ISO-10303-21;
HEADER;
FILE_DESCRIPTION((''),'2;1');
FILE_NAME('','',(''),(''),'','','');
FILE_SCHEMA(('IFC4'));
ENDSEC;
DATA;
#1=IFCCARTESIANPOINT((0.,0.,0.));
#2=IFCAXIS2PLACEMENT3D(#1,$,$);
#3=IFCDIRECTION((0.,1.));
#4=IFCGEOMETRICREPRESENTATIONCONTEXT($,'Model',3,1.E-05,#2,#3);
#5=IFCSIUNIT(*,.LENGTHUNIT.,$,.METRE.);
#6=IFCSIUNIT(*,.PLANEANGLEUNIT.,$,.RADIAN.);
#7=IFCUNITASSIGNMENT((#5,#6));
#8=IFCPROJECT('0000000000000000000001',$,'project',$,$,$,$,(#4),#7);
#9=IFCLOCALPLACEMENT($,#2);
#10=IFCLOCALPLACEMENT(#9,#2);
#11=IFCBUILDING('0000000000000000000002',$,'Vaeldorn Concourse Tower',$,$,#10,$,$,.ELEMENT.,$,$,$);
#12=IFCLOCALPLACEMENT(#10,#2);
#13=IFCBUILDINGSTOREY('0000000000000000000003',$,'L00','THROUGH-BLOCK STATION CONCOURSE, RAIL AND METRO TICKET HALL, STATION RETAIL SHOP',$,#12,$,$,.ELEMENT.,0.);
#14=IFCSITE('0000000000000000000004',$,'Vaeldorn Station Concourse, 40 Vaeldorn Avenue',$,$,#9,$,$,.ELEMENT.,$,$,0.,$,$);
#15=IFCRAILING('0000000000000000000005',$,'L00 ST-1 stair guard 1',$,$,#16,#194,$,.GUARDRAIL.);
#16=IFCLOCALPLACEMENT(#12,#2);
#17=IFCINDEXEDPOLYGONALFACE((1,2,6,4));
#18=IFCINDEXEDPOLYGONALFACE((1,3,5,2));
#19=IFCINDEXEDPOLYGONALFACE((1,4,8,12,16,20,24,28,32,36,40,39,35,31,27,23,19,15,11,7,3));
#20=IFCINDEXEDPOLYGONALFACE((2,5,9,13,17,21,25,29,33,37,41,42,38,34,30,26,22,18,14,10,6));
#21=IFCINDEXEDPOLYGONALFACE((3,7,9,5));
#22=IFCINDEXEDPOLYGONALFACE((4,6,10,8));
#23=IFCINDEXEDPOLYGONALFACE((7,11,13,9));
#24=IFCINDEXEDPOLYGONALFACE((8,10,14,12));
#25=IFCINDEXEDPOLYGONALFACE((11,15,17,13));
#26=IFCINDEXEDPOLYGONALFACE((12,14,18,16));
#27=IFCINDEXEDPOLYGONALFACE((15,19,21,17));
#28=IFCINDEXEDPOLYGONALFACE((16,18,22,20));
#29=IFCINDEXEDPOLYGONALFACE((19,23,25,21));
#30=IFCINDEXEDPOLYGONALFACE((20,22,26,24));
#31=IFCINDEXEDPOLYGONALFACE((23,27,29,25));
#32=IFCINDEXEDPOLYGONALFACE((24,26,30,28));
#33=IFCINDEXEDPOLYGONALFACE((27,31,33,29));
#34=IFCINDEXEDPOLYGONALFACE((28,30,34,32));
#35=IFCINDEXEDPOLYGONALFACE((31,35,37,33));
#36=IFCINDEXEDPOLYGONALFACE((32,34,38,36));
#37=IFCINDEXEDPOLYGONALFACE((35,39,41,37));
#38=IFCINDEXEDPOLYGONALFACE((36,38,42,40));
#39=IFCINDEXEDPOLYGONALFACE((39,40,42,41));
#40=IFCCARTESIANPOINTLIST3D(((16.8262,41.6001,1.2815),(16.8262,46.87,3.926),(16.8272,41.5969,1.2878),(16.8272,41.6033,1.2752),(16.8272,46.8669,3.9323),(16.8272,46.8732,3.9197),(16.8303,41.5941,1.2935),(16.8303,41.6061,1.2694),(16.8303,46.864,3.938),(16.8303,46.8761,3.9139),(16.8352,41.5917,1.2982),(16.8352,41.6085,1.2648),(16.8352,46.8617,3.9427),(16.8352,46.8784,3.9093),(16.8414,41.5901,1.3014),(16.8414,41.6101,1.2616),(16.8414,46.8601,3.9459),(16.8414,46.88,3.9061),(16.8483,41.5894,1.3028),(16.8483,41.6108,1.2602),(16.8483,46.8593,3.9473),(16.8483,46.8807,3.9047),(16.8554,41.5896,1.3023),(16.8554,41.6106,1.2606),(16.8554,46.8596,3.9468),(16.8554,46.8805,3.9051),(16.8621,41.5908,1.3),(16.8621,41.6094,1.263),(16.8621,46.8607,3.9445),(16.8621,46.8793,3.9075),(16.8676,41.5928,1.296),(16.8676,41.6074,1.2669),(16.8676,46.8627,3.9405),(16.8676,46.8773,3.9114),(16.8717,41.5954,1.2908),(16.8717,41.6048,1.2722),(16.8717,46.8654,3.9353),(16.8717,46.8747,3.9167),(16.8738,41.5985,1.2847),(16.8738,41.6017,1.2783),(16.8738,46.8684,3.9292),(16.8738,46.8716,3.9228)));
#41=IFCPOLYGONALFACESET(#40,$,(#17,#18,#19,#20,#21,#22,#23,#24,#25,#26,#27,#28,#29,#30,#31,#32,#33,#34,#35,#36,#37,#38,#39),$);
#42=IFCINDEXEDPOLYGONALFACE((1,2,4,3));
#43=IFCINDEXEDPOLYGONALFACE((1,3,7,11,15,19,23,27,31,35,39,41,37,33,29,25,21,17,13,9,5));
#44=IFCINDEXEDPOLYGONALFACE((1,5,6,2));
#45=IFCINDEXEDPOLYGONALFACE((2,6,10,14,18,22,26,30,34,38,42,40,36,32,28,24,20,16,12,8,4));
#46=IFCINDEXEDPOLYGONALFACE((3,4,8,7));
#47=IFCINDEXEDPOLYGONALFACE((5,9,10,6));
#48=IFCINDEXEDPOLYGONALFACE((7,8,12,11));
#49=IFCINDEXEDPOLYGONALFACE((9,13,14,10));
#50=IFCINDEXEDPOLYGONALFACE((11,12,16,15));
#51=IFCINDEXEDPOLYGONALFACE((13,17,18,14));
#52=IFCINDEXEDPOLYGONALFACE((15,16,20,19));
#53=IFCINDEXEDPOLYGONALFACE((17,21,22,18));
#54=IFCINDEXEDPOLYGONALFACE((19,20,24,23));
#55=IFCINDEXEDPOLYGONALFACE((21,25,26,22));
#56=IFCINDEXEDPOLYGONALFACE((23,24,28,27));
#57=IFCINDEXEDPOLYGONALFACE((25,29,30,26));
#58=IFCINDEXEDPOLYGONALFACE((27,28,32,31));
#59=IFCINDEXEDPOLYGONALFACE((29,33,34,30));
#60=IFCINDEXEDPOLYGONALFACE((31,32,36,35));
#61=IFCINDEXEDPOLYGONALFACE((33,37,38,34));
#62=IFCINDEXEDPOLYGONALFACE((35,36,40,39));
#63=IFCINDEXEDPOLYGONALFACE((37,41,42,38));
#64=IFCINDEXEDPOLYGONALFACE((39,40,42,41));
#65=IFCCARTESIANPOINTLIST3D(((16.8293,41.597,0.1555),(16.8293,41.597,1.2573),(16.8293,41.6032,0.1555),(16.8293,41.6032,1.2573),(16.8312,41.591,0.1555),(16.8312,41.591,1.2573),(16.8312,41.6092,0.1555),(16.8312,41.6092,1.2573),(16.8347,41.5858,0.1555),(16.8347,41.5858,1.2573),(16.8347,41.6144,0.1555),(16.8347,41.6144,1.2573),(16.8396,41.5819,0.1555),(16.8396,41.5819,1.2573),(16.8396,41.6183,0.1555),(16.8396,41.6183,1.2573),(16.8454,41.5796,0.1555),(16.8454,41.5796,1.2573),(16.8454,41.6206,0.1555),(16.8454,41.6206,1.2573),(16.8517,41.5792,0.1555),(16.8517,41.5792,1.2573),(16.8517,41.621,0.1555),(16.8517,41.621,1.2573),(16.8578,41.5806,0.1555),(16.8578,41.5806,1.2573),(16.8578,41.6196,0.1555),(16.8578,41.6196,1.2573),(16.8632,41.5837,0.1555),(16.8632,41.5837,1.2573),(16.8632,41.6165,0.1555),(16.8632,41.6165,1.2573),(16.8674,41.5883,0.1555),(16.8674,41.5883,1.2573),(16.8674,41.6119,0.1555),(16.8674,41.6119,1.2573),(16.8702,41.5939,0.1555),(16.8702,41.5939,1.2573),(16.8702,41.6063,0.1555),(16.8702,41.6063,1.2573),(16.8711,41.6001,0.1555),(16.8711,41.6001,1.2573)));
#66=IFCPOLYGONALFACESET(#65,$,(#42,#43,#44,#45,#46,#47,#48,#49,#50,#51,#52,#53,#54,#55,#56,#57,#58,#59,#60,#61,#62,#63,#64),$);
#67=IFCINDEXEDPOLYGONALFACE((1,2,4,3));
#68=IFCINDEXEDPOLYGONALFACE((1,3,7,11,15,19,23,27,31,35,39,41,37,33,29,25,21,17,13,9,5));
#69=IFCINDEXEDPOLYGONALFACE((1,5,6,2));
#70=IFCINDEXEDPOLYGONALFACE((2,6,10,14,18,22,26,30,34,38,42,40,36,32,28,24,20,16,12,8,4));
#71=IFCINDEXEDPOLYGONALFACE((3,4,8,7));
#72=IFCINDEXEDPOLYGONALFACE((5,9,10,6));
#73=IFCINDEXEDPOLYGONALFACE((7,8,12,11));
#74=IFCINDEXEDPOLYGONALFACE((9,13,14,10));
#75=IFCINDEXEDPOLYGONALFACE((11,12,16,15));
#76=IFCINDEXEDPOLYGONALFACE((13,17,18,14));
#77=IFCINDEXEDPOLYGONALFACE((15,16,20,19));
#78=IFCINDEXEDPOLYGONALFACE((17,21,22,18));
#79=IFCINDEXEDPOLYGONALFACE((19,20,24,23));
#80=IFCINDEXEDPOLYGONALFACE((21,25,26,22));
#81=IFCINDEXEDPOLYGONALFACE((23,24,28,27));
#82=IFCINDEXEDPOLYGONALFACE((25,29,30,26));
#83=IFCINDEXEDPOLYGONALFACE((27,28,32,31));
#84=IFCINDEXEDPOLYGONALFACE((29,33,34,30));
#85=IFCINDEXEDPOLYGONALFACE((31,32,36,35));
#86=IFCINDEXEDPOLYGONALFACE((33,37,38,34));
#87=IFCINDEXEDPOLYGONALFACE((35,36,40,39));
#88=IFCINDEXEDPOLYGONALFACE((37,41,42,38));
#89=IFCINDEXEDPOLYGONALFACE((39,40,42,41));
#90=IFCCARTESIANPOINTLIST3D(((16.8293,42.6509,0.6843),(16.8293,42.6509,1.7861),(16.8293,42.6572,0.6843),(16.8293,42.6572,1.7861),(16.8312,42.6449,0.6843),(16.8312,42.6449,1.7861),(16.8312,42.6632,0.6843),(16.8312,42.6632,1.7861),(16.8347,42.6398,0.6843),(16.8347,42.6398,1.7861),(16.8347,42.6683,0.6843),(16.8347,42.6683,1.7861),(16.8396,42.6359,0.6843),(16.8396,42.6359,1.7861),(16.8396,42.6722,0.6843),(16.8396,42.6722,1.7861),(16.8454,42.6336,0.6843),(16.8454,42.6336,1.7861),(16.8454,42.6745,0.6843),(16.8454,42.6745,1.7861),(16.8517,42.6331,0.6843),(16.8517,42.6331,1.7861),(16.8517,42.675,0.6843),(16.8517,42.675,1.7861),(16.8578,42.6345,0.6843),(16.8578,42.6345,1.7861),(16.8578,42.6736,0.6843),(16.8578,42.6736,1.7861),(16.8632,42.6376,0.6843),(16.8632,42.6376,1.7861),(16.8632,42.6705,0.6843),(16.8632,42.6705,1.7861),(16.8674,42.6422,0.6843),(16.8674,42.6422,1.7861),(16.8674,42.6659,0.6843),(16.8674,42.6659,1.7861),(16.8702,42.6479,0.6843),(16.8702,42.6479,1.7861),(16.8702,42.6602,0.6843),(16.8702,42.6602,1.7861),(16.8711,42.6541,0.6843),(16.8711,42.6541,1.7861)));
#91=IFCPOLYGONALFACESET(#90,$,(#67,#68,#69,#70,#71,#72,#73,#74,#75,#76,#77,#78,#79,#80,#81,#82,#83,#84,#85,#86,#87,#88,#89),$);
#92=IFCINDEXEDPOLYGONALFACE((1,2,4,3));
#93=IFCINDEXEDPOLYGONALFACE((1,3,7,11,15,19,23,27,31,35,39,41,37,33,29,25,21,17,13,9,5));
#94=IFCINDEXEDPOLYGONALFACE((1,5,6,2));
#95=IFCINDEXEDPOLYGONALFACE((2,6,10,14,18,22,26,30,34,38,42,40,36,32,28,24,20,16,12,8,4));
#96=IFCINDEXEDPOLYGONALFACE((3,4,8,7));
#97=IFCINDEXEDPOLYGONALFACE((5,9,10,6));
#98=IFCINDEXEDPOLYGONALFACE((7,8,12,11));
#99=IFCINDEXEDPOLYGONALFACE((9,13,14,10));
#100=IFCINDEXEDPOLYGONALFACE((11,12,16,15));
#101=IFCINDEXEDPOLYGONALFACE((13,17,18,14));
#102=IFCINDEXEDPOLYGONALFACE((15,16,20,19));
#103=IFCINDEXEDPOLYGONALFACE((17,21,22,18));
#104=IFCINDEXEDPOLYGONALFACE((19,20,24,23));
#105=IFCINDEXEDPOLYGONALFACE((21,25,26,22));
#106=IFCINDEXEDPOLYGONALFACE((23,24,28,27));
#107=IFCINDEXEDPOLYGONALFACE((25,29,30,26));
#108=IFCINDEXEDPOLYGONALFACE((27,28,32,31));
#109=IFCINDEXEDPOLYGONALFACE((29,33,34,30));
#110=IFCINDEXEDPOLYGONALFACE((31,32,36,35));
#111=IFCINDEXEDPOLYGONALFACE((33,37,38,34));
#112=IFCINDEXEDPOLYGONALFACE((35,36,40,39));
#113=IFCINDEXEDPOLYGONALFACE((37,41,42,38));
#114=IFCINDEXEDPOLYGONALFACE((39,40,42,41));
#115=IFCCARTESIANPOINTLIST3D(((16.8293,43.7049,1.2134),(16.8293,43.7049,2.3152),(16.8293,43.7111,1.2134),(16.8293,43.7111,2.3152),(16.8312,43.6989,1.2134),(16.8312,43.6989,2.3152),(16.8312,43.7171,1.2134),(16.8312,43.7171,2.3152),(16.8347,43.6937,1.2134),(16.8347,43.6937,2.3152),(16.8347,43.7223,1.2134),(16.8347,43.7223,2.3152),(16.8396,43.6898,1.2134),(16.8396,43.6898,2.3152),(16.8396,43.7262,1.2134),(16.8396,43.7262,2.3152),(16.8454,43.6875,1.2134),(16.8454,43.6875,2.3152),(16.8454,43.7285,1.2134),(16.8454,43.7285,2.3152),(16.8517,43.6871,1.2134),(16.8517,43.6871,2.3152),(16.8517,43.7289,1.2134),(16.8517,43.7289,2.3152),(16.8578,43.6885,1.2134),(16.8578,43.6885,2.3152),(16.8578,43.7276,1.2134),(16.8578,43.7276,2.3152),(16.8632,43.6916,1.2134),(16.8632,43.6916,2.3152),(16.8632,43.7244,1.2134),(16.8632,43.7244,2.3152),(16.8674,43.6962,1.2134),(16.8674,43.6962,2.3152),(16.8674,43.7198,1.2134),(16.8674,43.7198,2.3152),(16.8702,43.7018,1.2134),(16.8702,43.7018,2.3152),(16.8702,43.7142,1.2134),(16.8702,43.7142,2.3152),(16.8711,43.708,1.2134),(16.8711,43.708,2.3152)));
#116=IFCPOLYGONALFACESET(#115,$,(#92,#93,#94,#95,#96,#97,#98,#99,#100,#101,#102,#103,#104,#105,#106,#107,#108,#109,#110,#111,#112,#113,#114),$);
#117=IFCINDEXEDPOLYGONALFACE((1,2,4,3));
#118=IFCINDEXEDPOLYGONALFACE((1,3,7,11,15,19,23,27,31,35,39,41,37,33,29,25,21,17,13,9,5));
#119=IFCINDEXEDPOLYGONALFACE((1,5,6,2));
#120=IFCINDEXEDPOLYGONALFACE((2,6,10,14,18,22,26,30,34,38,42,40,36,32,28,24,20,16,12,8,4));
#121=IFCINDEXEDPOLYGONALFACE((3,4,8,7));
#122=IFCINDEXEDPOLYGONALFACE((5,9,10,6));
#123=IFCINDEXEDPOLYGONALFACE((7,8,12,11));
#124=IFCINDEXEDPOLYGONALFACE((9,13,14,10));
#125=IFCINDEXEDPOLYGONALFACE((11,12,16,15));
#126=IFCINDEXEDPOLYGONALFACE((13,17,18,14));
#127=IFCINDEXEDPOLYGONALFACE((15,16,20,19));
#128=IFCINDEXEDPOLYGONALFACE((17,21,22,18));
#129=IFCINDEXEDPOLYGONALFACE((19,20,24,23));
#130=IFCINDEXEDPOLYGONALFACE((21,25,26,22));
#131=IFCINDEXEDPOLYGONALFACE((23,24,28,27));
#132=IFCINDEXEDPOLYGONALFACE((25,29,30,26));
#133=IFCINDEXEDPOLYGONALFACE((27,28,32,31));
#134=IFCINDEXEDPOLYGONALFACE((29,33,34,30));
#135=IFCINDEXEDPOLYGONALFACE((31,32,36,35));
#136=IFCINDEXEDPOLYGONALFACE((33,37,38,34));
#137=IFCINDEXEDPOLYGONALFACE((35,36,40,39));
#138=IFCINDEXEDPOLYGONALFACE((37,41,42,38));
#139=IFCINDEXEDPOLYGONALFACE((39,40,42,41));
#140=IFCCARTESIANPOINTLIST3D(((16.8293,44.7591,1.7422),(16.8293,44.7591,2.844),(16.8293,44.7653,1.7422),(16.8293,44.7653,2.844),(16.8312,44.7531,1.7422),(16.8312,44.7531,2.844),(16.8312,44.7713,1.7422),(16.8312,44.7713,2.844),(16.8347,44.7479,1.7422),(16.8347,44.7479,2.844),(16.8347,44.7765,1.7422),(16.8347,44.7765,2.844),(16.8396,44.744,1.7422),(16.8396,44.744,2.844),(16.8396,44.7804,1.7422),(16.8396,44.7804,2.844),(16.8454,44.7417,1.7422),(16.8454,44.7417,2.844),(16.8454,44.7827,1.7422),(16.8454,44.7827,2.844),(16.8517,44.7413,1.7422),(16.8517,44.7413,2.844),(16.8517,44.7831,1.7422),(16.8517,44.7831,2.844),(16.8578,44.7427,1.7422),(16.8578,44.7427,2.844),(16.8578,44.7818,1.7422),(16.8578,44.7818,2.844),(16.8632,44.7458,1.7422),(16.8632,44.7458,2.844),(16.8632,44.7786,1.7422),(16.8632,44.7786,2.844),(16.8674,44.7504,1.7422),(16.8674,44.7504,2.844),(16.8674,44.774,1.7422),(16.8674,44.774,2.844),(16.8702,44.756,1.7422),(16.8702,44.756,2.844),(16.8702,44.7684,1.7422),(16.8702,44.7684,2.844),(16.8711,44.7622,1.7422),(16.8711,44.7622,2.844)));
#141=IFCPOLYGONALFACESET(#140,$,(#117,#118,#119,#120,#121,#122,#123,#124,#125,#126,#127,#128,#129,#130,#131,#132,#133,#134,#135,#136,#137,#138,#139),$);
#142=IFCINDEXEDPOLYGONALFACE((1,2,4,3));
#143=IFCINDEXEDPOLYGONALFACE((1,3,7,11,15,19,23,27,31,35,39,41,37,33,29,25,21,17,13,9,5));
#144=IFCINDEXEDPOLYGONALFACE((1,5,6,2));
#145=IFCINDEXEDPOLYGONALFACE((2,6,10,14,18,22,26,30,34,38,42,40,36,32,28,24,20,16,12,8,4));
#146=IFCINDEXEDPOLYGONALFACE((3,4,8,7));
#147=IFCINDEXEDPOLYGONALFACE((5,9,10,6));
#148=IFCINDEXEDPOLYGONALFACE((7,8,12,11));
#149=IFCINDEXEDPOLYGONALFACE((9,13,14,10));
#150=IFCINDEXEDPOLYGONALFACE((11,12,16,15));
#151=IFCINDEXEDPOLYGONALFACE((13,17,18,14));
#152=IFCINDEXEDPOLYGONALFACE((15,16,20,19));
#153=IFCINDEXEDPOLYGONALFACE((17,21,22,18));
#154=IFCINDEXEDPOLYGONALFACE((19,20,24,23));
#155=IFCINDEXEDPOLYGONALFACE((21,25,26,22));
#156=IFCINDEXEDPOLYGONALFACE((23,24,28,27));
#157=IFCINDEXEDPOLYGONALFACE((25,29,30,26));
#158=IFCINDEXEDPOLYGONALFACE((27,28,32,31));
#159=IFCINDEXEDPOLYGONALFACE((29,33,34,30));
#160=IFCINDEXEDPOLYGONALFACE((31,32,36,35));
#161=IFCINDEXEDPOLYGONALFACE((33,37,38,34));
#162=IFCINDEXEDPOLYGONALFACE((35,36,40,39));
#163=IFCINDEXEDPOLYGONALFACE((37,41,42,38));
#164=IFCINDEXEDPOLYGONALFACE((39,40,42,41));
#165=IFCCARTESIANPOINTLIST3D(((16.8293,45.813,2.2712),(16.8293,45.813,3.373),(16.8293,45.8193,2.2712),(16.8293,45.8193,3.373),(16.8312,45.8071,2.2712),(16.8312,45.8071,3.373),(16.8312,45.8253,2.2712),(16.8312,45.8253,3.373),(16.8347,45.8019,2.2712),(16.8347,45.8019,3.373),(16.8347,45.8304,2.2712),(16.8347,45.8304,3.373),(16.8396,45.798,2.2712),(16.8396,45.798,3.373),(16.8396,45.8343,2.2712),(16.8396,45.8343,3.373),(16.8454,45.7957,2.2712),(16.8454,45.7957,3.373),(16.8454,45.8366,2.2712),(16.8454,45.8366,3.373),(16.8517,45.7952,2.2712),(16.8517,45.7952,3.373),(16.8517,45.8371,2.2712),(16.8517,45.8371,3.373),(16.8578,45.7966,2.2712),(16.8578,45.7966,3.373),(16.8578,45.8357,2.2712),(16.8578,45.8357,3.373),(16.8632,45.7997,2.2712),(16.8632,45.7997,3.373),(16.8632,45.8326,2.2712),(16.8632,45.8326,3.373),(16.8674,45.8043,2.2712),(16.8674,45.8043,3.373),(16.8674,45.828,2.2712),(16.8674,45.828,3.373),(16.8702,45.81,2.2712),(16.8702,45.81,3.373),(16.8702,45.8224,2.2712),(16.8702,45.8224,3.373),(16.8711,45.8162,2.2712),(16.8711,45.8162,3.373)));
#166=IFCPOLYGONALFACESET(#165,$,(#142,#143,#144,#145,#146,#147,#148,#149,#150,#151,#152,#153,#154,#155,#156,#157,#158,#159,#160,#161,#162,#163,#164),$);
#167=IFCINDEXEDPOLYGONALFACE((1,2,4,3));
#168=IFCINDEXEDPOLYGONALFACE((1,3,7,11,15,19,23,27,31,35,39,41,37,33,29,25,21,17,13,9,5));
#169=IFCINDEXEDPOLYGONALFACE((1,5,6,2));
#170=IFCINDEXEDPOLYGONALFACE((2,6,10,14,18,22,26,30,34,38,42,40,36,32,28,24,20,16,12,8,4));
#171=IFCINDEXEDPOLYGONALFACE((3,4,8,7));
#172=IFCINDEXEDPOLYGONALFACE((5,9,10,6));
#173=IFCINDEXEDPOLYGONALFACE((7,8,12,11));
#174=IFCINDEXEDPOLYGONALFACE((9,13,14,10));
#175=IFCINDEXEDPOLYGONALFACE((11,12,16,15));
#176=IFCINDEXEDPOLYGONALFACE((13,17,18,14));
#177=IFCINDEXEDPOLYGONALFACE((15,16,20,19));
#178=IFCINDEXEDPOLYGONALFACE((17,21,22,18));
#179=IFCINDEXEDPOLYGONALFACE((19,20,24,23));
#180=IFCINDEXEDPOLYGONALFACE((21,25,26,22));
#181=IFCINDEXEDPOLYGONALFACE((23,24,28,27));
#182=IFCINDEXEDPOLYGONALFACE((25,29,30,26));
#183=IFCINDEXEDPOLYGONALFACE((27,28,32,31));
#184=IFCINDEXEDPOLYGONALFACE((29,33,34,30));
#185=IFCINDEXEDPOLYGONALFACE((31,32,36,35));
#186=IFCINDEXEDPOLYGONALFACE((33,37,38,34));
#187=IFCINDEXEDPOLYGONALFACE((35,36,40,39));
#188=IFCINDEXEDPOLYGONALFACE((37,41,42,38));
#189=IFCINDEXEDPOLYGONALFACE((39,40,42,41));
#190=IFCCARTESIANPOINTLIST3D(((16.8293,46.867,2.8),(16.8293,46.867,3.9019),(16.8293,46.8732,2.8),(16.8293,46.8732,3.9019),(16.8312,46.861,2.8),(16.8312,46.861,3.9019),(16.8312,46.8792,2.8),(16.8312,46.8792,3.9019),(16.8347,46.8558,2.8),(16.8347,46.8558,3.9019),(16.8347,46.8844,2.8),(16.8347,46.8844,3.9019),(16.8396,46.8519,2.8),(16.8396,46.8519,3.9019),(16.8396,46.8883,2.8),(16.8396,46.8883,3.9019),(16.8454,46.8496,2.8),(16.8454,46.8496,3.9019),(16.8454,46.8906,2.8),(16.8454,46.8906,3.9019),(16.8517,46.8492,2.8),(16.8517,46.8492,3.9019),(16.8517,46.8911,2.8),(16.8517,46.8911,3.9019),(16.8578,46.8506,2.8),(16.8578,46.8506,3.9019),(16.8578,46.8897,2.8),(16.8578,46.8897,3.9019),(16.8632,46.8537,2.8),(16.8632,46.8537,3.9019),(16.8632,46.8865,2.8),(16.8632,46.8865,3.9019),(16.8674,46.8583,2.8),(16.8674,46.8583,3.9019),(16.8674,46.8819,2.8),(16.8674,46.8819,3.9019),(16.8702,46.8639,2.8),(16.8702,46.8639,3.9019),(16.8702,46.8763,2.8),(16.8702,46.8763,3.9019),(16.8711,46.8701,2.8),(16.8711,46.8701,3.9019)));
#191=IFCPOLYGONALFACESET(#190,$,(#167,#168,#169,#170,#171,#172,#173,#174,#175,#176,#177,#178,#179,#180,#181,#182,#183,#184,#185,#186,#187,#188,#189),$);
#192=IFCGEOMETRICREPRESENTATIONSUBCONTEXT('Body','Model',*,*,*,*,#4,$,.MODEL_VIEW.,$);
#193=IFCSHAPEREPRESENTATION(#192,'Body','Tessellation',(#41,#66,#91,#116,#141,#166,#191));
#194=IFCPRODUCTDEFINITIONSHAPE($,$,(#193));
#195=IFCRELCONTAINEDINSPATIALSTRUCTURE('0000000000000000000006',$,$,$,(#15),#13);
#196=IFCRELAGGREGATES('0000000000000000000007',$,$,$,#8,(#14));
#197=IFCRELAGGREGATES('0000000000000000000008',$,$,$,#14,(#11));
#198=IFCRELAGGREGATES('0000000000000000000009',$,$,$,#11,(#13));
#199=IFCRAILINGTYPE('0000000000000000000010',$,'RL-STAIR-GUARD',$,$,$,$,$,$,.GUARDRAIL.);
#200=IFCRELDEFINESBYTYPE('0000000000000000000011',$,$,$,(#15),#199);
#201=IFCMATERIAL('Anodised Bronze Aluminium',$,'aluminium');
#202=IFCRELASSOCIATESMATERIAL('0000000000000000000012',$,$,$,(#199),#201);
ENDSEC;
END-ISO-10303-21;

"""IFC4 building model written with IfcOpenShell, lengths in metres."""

from ifc_helpers import new_model, si_unit, direction, frame, origin, origin_2d, place, context, subcontext, project, spatial, circle, extrude, material, type_object, element, save


model = new_model("IFC4")

# Units and contexts
model_context = context("Model", 3, precision=1e-05, world=origin(), true_north=direction((0.0, 1.0)))
body_context = subcontext(model_context, "Body", "Model", "MODEL_VIEW")
ifc_project = project(units=[si_unit("LENGTHUNIT", "METRE"), si_unit("PLANEANGLEUNIT", "RADIAN")], contexts=[model_context])

# Site, building, storey
site_placement = place(None, origin())
site = spatial("IfcSite", under=ifc_project, at=site_placement, Name="Vaeldorn Station Concourse, 40 Vaeldorn Avenue", CompositionType="ELEMENT", RefElevation=0.0)
building_placement = place(site_placement, origin())
building = spatial("IfcBuilding", under=site, at=building_placement, Name="Vaeldorn Concourse Tower", CompositionType="ELEMENT")
storey_placement = place(building_placement, origin())
storey = spatial("IfcBuildingStorey", under=building, at=storey_placement, Name="L00", Description="THROUGH-BLOCK STATION CONCOURSE, RAIL AND METRO TICKET HALL, STATION RETAIL SHOP", CompositionType="ELEMENT", Elevation=0.0)

# Railing
ifc_material_1 = material(Name="Anodised Bronze Aluminium", Category="aluminium")
railing_type_1 = type_object("IfcRailingType", Name="RL-STAIR-GUARD", PredefinedType="GUARDRAIL", material=ifc_material_1)
railing_1_placement = place(storey_placement, frame((16.8501, 41.6001, 0.1555)))
element("IfcRailing", 1, at=railing_1_placement, inside=storey, type_object=railing_type_1, Name="L00 ST-1 stair guard 1", PredefinedType="GUARDRAIL", context=body_context, shape_type="SweptSolid", body=[
    extrude(circle(Radius=0.0239, at=origin_2d()), frame((0.0, 0.0, 1.126), z_axis=(0.0, 0.89378, 0.448505), x_axis=(-1.0, 0.0, 0.0)), (0.0, 0.0, 1.0), 5.8962),
    extrude(circle(Radius=0.021, at=origin_2d()), origin(), (0.0, 0.0, 1.0), 1.1018),
    extrude(circle(Radius=0.021, at=origin_2d()), frame((0.0, 1.054, 0.5288)), (0.0, 0.0, 1.0), 1.1018),
    extrude(circle(Radius=0.021, at=origin_2d()), frame((0.0, 2.1079, 1.0579)), (0.0, 0.0, 1.0), 1.1018),
    extrude(circle(Radius=0.021, at=origin_2d()), frame((0.0, 3.1621, 1.5867)), (0.0, 0.0, 1.0), 1.1018),
    extrude(circle(Radius=0.021, at=origin_2d()), frame((0.0, 4.2161, 2.1157)), (0.0, 0.0, 1.0), 1.1018),
    extrude(circle(Radius=0.021, at=origin_2d()), frame((0.0, 5.27, 2.6445)), (0.0, 0.0, 1.0), 1.1018),
])

save(model, "model.ifc")
